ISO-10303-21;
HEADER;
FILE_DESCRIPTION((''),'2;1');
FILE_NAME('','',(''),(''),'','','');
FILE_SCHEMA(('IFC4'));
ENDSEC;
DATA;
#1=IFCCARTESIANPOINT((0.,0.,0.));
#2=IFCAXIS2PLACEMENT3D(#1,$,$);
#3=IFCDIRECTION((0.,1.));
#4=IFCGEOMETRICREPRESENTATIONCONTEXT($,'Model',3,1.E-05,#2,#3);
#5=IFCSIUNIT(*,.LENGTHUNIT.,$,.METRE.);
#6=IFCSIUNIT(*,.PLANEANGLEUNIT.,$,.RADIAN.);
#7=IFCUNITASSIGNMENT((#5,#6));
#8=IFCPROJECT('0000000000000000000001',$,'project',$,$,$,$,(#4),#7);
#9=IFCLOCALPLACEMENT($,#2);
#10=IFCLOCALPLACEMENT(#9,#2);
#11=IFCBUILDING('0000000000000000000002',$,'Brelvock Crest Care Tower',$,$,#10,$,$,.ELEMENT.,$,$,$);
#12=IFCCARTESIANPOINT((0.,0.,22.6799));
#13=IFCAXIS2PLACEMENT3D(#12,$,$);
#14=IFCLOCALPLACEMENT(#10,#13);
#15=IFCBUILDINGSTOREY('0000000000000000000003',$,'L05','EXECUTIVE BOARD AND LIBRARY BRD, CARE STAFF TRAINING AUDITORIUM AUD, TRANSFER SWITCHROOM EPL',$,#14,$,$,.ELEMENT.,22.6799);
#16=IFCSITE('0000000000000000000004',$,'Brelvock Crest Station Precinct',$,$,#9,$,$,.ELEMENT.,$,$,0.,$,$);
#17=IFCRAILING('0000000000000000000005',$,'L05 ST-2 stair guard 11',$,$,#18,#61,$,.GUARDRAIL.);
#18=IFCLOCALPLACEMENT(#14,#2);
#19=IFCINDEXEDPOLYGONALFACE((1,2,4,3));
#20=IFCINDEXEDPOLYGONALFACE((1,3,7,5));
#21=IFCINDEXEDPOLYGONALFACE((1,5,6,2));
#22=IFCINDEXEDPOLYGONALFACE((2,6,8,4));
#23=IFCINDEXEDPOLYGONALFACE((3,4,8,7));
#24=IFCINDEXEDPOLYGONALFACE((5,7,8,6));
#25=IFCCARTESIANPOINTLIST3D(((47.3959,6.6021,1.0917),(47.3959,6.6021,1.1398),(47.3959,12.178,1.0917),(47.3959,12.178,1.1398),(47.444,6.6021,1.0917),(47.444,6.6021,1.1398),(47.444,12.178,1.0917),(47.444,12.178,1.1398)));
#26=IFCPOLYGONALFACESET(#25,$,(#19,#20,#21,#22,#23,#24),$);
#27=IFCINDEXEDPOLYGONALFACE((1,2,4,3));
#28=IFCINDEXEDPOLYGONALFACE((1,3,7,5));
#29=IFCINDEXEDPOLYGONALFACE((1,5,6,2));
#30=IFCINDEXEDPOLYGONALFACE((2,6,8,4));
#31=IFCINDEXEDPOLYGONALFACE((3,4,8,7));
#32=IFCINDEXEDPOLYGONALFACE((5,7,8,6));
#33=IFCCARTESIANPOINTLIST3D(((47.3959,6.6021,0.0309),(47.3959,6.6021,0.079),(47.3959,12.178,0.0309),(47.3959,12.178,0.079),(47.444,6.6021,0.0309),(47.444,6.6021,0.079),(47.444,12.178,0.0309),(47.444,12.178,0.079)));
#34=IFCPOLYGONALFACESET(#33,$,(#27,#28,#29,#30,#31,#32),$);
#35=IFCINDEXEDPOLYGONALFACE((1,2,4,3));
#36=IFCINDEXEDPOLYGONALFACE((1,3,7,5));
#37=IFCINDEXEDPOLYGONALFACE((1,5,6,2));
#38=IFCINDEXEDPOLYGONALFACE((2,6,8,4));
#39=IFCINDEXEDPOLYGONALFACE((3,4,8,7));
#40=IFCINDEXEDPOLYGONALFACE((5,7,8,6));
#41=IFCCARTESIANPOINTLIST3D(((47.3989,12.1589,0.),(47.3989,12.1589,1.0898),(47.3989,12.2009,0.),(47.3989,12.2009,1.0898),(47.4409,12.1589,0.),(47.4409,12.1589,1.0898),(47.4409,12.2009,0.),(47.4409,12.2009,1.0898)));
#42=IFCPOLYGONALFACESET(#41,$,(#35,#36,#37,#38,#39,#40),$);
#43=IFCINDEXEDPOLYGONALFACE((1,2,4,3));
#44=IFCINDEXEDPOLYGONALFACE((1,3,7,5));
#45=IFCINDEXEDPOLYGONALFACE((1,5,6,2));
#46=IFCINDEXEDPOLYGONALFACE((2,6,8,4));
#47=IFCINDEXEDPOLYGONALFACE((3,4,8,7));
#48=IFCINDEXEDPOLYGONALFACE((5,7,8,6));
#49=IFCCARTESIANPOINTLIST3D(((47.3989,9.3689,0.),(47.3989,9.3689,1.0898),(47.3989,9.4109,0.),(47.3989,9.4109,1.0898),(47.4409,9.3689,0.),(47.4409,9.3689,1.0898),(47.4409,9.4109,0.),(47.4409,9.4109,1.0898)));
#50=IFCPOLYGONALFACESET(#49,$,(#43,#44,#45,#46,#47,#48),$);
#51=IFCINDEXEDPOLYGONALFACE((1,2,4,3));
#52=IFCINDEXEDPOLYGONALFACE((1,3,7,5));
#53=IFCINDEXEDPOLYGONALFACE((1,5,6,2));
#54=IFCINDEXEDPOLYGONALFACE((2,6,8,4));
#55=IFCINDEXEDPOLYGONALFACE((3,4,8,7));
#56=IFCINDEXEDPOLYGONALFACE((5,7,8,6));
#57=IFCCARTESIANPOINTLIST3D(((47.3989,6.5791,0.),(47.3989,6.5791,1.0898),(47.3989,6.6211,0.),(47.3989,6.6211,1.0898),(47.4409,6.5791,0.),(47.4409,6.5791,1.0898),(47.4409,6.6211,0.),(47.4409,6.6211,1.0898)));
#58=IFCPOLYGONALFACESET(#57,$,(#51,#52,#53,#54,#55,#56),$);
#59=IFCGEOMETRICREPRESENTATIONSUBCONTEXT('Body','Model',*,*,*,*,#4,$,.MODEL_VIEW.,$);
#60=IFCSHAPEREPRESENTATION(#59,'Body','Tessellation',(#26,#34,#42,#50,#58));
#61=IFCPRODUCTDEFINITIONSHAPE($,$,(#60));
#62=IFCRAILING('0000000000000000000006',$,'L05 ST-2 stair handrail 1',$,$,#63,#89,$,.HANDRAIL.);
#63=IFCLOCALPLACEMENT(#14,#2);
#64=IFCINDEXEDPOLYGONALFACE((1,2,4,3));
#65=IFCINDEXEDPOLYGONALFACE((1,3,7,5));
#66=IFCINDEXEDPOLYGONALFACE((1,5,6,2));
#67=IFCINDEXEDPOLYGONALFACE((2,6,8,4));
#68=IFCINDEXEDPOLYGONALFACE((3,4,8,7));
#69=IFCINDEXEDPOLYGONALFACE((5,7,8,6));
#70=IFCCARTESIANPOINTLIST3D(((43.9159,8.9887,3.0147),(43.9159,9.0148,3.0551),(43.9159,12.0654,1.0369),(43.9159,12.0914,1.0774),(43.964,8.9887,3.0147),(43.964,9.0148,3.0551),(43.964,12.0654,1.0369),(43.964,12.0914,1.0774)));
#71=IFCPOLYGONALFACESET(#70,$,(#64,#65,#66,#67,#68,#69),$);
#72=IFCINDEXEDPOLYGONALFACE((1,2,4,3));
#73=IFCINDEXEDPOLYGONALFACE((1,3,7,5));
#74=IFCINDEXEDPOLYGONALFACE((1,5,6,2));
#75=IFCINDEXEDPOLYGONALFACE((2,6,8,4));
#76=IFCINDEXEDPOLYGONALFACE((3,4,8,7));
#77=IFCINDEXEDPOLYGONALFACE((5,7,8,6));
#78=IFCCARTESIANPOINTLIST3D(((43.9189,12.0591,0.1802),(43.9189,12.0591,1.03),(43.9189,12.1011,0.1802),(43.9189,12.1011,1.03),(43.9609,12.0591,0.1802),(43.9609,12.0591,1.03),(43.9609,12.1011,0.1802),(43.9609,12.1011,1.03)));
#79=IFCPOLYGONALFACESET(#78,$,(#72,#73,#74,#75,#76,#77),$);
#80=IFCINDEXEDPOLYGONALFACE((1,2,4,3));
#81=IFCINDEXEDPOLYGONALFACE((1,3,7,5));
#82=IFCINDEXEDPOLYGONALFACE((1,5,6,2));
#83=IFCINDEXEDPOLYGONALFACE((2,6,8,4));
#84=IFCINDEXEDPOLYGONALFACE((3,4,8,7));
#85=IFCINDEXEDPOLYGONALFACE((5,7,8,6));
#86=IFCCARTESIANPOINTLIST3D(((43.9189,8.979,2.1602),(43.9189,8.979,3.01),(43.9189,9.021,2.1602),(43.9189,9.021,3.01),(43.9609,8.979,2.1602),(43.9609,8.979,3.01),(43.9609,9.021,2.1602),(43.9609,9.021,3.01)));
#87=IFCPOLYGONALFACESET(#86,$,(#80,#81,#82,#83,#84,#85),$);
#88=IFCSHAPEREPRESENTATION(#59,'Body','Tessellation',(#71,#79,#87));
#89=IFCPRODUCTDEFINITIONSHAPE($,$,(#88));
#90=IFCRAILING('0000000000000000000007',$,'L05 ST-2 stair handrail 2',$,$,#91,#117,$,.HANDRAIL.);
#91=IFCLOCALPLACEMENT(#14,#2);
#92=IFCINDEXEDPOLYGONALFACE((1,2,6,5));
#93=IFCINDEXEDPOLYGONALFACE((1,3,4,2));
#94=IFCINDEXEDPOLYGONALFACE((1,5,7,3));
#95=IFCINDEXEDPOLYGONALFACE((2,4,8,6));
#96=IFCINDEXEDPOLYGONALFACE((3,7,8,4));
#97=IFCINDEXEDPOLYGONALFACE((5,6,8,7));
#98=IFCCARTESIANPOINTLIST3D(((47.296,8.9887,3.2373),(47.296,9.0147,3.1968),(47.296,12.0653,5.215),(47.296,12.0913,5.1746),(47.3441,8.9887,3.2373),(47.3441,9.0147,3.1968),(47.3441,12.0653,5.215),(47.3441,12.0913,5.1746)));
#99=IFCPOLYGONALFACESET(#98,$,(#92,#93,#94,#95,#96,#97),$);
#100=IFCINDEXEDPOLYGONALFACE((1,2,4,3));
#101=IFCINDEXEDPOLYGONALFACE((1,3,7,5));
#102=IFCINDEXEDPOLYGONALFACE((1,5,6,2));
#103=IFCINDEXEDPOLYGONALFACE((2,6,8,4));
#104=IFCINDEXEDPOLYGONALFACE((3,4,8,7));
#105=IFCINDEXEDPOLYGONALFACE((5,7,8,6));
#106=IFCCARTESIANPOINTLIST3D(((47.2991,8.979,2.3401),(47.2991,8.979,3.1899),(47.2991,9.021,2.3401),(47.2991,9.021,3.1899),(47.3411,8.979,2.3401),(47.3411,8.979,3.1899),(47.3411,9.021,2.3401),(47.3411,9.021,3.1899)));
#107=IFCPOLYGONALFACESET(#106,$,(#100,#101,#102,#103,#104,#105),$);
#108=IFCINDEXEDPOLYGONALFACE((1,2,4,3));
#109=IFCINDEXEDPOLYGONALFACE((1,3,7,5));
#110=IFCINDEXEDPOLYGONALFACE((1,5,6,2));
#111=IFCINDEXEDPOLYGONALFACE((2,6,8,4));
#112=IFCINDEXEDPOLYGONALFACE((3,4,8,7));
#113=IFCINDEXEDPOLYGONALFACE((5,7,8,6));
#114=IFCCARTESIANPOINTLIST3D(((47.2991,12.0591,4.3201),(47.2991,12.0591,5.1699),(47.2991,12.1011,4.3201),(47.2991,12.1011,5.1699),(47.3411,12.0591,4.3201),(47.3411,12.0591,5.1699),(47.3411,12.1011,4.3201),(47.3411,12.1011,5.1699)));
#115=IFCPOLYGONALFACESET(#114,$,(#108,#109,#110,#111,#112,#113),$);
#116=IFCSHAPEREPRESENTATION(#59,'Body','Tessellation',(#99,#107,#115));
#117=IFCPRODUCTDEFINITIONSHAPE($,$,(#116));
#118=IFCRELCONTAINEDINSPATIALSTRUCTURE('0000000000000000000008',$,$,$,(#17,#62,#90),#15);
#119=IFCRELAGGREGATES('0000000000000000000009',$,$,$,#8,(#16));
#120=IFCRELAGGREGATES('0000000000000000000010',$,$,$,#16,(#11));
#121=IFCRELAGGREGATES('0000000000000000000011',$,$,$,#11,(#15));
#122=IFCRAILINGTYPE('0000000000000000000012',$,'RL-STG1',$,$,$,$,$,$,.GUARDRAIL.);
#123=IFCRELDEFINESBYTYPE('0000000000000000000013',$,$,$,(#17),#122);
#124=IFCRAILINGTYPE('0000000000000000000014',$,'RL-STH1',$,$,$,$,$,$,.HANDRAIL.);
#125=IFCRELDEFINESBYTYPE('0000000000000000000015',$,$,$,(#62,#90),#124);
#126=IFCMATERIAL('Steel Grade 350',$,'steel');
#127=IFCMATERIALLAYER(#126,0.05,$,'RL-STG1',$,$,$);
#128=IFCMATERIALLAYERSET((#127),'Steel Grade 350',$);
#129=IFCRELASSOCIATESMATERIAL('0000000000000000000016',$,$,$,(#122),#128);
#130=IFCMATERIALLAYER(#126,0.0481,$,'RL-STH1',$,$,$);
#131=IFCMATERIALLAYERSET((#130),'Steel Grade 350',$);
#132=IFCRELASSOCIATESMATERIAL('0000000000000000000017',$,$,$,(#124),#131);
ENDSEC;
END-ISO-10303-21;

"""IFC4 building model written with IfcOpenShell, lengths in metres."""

from ifc_helpers import new_model, si_unit, direction, frame, origin, origin_2d, place, context, subcontext, project, spatial, rectangle, extrude, material, layer, layer_set, type_object, element, save


model = new_model("IFC4")

# Units and contexts
model_context = context("Model", 3, precision=1e-05, world=origin(), true_north=direction((0.0, 1.0)))
body_context = subcontext(model_context, "Body", "Model", "MODEL_VIEW")
ifc_project = project(units=[si_unit("LENGTHUNIT", "METRE"), si_unit("PLANEANGLEUNIT", "RADIAN")], contexts=[model_context])

# Site, building, storey
site_placement = place(None, origin())
site = spatial("IfcSite", under=ifc_project, at=site_placement, Name="Brelvock Crest Station Precinct", CompositionType="ELEMENT", RefElevation=0.0)
building_placement = place(site_placement, origin())
building = spatial("IfcBuilding", under=site, at=building_placement, Name="Brelvock Crest Care Tower", CompositionType="ELEMENT")
storey_placement = place(building_placement, frame((0.0, 0.0, 22.6799)))
storey = spatial("IfcBuildingStorey", under=building, at=storey_placement, Name="L05", Description="EXECUTIVE BOARD AND LIBRARY BRD, CARE STAFF TRAINING AUDITORIUM AUD, TRANSFER SWITCHROOM EPL", CompositionType="ELEMENT", Elevation=22.6799)

# Shared definitions
ifc_material_1 = material(Name="Steel Grade 350", Category="steel")

# Railings
ifc_layer_1 = layer(ifc_material_1, 0.05, Name="RL-STG1")
ifc_layer_set_1 = layer_set([ifc_layer_1], Name="Steel Grade 350")
railing_type_1 = type_object("IfcRailingType", Name="RL-STG1", PredefinedType="GUARDRAIL", material=ifc_layer_set_1)
for number, where, name in (
    (1, (47.4199, 12.1799, 0.0), "L05 ST-2 stair guard 11"),
):
    element("IfcRailing", number, at=place(storey_placement, frame(where)), inside=storey, type_object=railing_type_1, Name=name, PredefinedType="GUARDRAIL", context=body_context, shape_type="SweptSolid", body=[
        extrude(rectangle(XDim=0.0481, YDim=0.0481, at=origin_2d()), frame((0.0, -0.002, 1.1157), z_axis=(0.0, -1.0, 0.0), x_axis=(1.0, 0.0, 0.0)), (0.0, 0.0, 1.0), 5.5759),
        extrude(rectangle(XDim=0.0481, YDim=0.0481, at=origin_2d()), frame((0.0, -0.002, 0.0549), z_axis=(0.0, -1.0, 0.0), x_axis=(1.0, 0.0, 0.0)), (0.0, 0.0, 1.0), 5.5759),
        extrude(rectangle(XDim=0.042, YDim=0.042, at=origin_2d()), origin(), (0.0, 0.0, 1.0), 1.0898),
        extrude(rectangle(XDim=0.042, YDim=0.042, at=origin_2d()), frame((0.0, -2.79, 0.0)), (0.0, 0.0, 1.0), 1.0898),
        extrude(rectangle(XDim=0.042, YDim=0.042, at=origin_2d()), frame((0.0, -5.5798, 0.0)), (0.0, 0.0, 1.0), 1.0898),
    ])
ifc_layer_2 = layer(ifc_material_1, 0.0481, Name="RL-STH1")
ifc_layer_set_2 = layer_set([ifc_layer_2], Name="Steel Grade 350")
railing_type_2 = type_object("IfcRailingType", Name="RL-STH1", PredefinedType="HANDRAIL", material=ifc_layer_set_2)
railing_1_placement = place(storey_placement, frame((43.9399, 12.0801, 0.1802)))
element("IfcRailing", 2, at=railing_1_placement, inside=storey, type_object=railing_type_2, Name="L05 ST-2 stair handrail 1", PredefinedType="HANDRAIL", context=body_context, shape_type="SweptSolid", body=[
    extrude(rectangle(XDim=0.0481, YDim=0.0481, at=origin_2d()), frame((0.0, -0.0017, 0.877), z_axis=(0.0, -0.841187, 0.540744), x_axis=(1.0, 0.0, 0.0)), (0.0, 0.0, 1.0), 3.6575),
    extrude(rectangle(XDim=0.042, YDim=0.042, at=origin_2d()), origin(), (0.0, 0.0, 1.0), 0.8499),
    extrude(rectangle(XDim=0.042, YDim=0.042, at=origin_2d()), frame((0.0, -3.0801, 1.98)), (0.0, 0.0, 1.0), 0.8499),
])
railing_2_placement = place(storey_placement, frame((47.3201, 9.0, 2.3401)))
element("IfcRailing", 3, at=railing_2_placement, inside=storey, type_object=railing_type_2, Name="L05 ST-2 stair handrail 2", PredefinedType="HANDRAIL", context=body_context, shape_type="SweptSolid", body=[
    extrude(rectangle(XDim=0.0481, YDim=0.0481, at=origin_2d()), frame((0.0, 0.0017, 0.877), z_axis=(0.0, 0.841187, 0.540744), x_axis=(-1.0, 0.0, 0.0)), (0.0, 0.0, 1.0), 3.6575),
    extrude(rectangle(XDim=0.042, YDim=0.042, at=origin_2d()), origin(), (0.0, 0.0, 1.0), 0.8499),
    extrude(rectangle(XDim=0.042, YDim=0.042, at=origin_2d()), frame((0.0, 3.0801, 1.98)), (0.0, 0.0, 1.0), 0.8499),
])

save(model, "model.ifc")
